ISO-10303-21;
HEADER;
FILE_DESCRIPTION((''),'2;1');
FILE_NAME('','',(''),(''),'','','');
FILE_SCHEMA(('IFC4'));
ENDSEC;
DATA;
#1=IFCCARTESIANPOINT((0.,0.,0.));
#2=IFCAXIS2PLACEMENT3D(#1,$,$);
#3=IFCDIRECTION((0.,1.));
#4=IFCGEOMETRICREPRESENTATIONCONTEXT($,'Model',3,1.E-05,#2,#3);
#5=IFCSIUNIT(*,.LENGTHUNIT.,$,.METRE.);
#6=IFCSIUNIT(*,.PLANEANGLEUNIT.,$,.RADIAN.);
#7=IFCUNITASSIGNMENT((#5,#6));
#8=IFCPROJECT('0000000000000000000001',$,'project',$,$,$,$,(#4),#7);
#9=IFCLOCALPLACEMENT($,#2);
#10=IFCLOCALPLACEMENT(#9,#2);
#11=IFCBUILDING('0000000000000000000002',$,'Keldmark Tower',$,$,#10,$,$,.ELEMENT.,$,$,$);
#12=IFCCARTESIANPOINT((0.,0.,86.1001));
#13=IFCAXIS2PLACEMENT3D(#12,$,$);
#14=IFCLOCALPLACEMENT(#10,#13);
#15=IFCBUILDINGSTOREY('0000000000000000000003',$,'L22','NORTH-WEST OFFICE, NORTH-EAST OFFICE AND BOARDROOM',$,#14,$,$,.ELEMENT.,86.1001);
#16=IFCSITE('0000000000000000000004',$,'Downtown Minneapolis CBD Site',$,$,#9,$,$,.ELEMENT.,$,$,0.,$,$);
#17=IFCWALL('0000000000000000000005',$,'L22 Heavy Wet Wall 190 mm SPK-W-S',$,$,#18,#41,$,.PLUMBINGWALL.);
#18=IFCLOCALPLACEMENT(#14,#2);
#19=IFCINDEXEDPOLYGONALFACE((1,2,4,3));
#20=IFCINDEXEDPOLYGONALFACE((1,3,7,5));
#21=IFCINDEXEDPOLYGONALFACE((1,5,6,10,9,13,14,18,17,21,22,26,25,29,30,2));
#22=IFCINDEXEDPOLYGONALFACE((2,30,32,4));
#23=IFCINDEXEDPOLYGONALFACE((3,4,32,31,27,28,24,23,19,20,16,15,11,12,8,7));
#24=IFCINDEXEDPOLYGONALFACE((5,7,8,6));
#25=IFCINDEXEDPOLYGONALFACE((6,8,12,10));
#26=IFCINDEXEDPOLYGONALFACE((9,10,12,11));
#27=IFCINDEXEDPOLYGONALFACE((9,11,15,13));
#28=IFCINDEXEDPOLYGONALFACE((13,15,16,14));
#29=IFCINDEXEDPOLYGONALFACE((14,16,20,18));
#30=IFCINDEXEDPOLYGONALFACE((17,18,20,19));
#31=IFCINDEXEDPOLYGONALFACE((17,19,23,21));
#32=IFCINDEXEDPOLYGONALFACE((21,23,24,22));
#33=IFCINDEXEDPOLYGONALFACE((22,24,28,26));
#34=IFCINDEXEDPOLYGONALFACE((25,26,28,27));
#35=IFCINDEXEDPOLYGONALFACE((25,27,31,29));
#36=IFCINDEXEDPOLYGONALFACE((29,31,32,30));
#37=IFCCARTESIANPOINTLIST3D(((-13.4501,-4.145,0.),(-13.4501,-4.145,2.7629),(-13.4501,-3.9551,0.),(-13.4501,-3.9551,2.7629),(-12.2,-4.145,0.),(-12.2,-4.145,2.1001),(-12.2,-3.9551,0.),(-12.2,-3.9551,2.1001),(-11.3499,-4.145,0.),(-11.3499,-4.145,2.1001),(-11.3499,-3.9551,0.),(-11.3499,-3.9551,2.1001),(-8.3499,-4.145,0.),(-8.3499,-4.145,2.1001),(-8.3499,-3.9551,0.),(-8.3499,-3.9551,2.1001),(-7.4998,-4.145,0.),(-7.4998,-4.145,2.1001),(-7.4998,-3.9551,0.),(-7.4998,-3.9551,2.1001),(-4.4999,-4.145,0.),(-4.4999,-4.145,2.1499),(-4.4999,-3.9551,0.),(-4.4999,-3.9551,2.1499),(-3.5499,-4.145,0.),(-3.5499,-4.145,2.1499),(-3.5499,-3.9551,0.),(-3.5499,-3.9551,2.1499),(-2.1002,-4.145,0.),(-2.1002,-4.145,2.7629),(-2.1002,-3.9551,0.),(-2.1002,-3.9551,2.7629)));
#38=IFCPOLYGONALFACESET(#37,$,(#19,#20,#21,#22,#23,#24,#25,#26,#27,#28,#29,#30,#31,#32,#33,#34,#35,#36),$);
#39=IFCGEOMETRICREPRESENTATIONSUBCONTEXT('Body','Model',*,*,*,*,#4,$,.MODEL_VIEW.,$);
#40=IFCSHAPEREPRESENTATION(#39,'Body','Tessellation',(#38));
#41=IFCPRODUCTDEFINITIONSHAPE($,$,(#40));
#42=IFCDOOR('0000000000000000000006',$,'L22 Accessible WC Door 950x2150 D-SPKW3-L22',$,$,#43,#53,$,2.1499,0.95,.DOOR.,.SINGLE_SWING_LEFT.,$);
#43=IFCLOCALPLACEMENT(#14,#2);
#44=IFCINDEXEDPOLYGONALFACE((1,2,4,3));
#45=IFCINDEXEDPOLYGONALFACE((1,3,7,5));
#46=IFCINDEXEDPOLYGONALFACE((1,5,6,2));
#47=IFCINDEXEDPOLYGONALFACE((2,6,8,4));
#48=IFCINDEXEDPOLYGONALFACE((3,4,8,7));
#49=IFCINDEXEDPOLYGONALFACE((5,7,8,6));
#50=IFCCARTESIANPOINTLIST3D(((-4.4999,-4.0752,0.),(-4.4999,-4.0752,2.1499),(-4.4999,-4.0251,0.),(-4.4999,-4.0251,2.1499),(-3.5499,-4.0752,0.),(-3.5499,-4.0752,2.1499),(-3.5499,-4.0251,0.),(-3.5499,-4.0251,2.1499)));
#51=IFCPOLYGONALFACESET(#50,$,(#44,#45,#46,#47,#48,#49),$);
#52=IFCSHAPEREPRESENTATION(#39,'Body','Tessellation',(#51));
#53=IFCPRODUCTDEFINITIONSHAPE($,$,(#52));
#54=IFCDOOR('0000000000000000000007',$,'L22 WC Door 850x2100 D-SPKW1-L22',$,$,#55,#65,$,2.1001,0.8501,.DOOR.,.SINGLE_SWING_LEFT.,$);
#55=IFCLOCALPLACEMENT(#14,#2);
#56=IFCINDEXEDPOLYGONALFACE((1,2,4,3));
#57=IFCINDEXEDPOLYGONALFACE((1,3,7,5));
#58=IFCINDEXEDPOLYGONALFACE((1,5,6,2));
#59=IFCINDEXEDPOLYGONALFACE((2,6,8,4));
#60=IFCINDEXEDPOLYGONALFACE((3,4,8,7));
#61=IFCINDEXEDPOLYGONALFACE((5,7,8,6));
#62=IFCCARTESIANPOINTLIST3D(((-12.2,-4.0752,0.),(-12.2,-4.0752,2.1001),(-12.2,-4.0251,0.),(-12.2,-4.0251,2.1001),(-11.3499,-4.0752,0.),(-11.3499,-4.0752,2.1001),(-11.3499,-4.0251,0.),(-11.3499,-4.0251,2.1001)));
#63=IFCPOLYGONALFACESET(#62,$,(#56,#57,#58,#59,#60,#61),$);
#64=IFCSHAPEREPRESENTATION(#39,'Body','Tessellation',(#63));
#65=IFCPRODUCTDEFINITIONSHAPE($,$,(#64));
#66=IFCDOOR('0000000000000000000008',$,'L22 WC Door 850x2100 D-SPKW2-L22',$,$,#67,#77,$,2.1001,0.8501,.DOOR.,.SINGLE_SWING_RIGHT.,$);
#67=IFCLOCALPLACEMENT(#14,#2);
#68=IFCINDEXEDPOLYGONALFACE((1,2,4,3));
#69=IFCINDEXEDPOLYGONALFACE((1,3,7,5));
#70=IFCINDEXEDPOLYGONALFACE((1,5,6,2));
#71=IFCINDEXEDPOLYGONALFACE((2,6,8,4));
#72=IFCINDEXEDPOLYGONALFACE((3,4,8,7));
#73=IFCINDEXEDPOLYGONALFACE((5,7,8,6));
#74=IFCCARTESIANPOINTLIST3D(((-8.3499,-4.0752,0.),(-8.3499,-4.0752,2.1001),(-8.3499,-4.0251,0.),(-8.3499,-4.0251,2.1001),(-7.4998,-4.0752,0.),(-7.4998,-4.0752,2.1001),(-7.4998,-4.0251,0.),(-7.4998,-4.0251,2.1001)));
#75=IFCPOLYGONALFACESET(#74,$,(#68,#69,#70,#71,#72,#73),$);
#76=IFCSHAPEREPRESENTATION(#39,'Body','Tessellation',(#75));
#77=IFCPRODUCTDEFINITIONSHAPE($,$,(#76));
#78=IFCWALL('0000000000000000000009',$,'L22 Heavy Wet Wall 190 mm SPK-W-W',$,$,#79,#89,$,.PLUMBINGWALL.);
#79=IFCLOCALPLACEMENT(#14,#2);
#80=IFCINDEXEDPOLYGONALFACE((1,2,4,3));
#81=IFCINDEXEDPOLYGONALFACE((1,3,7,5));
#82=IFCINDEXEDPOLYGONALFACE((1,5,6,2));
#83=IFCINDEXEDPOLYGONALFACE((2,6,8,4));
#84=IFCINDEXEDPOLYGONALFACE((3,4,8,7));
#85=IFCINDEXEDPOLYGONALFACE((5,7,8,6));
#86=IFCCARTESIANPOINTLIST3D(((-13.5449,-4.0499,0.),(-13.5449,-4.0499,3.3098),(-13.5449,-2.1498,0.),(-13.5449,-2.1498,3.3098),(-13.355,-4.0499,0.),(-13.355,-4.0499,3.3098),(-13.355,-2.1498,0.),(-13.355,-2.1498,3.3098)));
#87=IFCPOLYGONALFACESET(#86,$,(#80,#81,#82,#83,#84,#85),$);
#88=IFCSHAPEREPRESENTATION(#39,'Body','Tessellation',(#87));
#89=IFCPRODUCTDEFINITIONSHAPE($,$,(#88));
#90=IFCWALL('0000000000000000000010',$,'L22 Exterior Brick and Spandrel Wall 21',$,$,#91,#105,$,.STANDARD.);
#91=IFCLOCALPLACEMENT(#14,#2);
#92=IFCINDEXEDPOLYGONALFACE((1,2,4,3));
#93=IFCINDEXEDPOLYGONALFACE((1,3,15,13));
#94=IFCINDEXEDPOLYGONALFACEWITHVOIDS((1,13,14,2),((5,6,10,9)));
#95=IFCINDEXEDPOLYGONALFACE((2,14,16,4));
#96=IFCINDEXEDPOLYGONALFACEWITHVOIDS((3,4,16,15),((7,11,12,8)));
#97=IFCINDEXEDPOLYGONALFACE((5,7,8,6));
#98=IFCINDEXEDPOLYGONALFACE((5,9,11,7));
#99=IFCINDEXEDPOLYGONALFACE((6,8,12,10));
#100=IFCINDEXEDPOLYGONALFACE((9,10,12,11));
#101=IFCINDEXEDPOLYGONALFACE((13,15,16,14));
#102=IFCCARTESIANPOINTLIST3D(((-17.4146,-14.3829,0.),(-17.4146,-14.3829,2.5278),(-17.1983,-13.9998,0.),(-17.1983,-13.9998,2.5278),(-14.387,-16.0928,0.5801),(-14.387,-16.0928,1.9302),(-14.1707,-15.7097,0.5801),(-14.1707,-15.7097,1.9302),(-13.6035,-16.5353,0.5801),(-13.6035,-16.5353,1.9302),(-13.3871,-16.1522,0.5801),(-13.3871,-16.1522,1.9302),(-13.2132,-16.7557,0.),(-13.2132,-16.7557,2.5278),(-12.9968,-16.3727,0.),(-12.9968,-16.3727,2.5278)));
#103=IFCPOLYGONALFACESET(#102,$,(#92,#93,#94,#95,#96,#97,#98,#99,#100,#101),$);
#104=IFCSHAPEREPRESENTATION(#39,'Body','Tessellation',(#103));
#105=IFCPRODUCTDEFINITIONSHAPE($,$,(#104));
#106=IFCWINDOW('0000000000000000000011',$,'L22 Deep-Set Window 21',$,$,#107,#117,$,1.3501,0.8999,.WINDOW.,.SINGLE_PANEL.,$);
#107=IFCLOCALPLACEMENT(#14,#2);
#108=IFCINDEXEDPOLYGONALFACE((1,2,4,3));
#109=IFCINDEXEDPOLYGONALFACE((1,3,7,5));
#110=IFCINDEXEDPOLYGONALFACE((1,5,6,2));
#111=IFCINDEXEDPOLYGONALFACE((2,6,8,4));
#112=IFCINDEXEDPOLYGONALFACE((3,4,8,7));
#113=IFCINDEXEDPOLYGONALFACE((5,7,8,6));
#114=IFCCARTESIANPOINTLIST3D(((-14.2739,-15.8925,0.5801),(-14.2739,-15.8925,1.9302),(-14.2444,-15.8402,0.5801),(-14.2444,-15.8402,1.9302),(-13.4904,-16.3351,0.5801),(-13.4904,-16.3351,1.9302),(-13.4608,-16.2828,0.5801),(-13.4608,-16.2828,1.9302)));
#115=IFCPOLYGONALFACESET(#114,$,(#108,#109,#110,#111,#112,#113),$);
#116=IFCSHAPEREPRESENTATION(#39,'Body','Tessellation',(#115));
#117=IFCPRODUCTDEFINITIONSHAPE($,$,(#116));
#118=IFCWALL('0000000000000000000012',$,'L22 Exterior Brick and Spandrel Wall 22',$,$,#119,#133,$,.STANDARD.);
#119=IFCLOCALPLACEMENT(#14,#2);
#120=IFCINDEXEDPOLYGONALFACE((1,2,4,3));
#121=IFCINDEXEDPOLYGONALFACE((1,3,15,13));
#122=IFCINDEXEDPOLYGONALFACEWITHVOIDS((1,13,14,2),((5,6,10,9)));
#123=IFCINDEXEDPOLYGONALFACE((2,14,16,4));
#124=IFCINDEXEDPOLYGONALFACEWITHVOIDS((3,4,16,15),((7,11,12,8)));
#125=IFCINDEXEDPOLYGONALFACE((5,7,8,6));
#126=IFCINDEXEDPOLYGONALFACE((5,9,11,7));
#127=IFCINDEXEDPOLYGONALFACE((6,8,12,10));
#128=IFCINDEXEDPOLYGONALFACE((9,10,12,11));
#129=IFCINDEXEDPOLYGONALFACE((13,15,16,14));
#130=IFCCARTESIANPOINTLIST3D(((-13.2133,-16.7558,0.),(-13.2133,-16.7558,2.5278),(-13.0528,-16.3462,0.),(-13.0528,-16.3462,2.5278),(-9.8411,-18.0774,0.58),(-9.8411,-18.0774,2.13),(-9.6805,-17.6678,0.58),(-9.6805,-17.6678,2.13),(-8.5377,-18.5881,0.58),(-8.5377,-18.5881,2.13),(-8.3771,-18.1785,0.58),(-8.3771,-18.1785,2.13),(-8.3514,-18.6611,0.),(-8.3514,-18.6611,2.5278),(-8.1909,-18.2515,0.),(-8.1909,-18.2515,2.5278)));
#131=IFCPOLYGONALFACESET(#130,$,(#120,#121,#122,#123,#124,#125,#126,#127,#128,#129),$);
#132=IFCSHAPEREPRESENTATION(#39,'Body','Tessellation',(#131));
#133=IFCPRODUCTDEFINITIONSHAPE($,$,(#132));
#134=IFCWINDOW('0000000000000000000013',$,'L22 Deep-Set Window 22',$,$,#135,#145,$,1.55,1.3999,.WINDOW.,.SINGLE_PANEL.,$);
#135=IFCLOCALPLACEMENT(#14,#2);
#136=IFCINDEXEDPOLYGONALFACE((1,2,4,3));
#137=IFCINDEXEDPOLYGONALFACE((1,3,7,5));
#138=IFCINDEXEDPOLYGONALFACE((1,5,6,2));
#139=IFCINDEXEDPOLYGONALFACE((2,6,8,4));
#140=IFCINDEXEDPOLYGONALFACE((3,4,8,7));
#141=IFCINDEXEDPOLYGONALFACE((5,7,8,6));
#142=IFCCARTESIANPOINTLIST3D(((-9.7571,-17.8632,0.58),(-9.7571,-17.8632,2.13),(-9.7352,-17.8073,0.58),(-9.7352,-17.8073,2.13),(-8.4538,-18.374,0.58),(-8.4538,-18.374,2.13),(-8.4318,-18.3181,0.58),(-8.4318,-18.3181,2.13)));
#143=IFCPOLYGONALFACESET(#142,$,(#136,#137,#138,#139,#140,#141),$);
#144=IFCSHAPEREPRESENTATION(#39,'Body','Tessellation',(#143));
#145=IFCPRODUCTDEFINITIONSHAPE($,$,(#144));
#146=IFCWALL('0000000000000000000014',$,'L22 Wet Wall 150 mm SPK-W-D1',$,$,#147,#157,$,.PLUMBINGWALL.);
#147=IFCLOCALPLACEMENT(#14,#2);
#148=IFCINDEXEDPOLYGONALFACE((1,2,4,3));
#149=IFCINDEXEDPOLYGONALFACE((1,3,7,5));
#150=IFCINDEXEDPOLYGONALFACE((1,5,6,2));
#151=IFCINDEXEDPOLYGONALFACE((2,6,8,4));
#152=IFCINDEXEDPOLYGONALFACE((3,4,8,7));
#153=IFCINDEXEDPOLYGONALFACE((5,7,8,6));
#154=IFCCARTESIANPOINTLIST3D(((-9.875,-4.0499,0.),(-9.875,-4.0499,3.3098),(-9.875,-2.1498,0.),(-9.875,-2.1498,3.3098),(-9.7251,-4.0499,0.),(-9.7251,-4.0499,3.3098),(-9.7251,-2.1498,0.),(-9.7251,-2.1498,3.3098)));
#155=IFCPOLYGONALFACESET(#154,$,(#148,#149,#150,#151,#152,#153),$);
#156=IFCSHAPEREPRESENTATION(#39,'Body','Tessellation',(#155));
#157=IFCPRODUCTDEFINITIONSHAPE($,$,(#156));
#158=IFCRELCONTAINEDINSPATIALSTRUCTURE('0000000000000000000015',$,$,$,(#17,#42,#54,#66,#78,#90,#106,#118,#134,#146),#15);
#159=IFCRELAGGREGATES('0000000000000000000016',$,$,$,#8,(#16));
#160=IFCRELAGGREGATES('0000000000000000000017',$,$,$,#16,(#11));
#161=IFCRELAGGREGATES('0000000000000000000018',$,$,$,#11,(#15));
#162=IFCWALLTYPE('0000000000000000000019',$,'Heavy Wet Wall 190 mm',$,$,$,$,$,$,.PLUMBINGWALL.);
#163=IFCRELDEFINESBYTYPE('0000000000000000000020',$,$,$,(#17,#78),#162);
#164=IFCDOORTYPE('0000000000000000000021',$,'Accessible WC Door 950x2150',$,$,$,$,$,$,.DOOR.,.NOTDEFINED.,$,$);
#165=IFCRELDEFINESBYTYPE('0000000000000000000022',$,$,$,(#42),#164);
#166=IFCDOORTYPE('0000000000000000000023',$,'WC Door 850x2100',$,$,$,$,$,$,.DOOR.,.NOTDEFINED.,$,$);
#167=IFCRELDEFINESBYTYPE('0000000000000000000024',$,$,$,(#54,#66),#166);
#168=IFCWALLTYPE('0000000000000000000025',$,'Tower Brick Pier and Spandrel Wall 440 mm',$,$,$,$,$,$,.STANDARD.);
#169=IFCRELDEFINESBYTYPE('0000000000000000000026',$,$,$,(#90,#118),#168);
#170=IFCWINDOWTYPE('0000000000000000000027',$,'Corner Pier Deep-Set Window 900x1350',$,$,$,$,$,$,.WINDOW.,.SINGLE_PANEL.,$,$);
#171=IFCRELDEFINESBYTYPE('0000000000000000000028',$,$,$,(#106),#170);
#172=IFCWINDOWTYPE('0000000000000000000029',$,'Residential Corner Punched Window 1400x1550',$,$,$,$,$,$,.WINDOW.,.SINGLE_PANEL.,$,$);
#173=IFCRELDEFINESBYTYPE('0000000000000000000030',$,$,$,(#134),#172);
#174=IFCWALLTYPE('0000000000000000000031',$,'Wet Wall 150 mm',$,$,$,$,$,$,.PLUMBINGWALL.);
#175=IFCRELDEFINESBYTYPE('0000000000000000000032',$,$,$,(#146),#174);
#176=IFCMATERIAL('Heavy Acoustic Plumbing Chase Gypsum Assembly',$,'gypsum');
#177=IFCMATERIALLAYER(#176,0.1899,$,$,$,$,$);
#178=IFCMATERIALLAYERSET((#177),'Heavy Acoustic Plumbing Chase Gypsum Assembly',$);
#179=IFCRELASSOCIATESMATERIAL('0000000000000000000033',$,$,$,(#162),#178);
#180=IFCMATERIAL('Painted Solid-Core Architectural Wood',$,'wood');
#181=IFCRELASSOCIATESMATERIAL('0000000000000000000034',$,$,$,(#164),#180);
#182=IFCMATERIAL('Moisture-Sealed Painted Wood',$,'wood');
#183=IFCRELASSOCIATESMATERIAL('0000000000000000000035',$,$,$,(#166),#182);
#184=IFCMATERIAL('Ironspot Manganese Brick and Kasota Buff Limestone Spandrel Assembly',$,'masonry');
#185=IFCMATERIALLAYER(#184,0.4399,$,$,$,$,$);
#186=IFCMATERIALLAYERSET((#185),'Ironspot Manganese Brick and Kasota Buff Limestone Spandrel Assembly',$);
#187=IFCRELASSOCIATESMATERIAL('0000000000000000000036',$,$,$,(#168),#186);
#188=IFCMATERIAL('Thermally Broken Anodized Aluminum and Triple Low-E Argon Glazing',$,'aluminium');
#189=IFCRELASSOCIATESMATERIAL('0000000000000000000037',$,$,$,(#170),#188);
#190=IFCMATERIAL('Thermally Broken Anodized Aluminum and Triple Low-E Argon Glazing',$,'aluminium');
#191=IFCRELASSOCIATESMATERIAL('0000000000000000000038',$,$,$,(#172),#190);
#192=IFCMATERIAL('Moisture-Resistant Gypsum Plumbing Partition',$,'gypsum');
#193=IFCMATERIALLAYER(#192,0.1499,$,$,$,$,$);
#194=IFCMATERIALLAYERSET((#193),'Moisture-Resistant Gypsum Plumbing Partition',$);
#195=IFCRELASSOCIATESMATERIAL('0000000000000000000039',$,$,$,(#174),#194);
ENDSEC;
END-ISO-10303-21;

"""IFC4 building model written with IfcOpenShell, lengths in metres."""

from ifc_helpers import new_model, si_unit, direction, frame, frame_2d, origin, place, context, subcontext, project, spatial, rectangle, extrude, material, layer, layer_set, type_object, element, fill, save


model = new_model("IFC4")

# Units and contexts
model_context = context("Model", 3, precision=1e-05, world=origin(), true_north=direction((0.0, 1.0)))
body_context = subcontext(model_context, "Body", "Model", "MODEL_VIEW")
ifc_project = project(units=[si_unit("LENGTHUNIT", "METRE"), si_unit("PLANEANGLEUNIT", "RADIAN")], contexts=[model_context])

# Site, building, storey
site_placement = place(None, origin())
site = spatial("IfcSite", under=ifc_project, at=site_placement, Name="Downtown Minneapolis CBD Site", CompositionType="ELEMENT", RefElevation=0.0)
building_placement = place(site_placement, origin())
building = spatial("IfcBuilding", under=site, at=building_placement, Name="Keldmark Tower", CompositionType="ELEMENT")
storey_placement = place(building_placement, frame((0.0, 0.0, 86.1001)))
storey = spatial("IfcBuildingStorey", under=building, at=storey_placement, Name="L22", Description="NORTH-WEST OFFICE, NORTH-EAST OFFICE AND BOARDROOM", CompositionType="ELEMENT", Elevation=86.1001)

# Wall, openings, doors
ifc_material_1 = material(Name="Heavy Acoustic Plumbing Chase Gypsum Assembly", Category="gypsum")
ifc_layer_1 = layer(ifc_material_1, 0.1899)
ifc_layer_set_1 = layer_set([ifc_layer_1], Name="Heavy Acoustic Plumbing Chase Gypsum Assembly")
wall_type_1 = type_object("IfcWallType", Name="Heavy Wet Wall 190 mm", PredefinedType="PLUMBINGWALL", material=ifc_layer_set_1)
wall_1_placement = place(storey_placement, frame((-13.45, -4.05, 0.0), z_axis=(0.0, 0.0, 1.0), x_axis=(1.0, 0.0, 0.0)))
wall_1 = element("IfcWall", 1, at=wall_1_placement, inside=storey, type_object=wall_type_1, Name="L22 Heavy Wet Wall 190 mm SPK-W-S", PredefinedType="PLUMBINGWALL", context=body_context, shape_type="SweptSolid", body=[
    extrude(rectangle(XDim=11.3499, YDim=0.1899, at=frame_2d((5.6748, 0.0))), origin(), (0.0, 0.0, 1.0), 2.7629),
])
opening_1_placement = place(wall_1_placement, frame((1.25, 0.0, 0.0)))
opening_1 = element("IfcOpeningElement", 2, at=opening_1_placement, cuts=wall_1, PredefinedType="OPENING", context=body_context, shape_type="SweptSolid", body=[
    extrude(rectangle(XDim=0.8501, YDim=2.1001, at=frame_2d((0.425, 1.05))), frame((0.0, 0.105, 0.0), z_axis=(0.0, -1.0, 0.0), x_axis=(1.0, 0.0, 0.0)), (0.0, 0.0, 1.0), 0.21),
])
opening_2_placement = place(wall_1_placement, frame((5.1001, 0.0, 0.0)))
opening_2 = element("IfcOpeningElement", 3, at=opening_2_placement, cuts=wall_1, PredefinedType="OPENING", context=body_context, shape_type="SweptSolid", body=[
    extrude(rectangle(XDim=0.8501, YDim=2.1001, at=frame_2d((0.425, 1.05))), frame((0.0, 0.105, 0.0), z_axis=(0.0, -1.0, 0.0), x_axis=(1.0, 0.0, 0.0)), (0.0, 0.0, 1.0), 0.21),
])
opening_3_placement = place(wall_1_placement, frame((8.95, 0.0, 0.0)))
opening_3 = element("IfcOpeningElement", 4, at=opening_3_placement, cuts=wall_1, PredefinedType="OPENING", context=body_context, shape_type="SweptSolid", body=[
    extrude(rectangle(XDim=0.95, YDim=2.1499, at=frame_2d((0.4751, 1.075))), frame((0.0, 0.105, 0.0), z_axis=(0.0, -1.0, 0.0), x_axis=(1.0, 0.0, 0.0)), (0.0, 0.0, 1.0), 0.21),
])
ifc_material_2 = material(Name="Painted Solid-Core Architectural Wood", Category="wood")
door_type_1 = type_object("IfcDoorType", Name="Accessible WC Door 950x2150", OperationType="NOTDEFINED", PredefinedType="DOOR", material=ifc_material_2)
door_1_placement = place(opening_3_placement, origin())
door_1 = element("IfcDoor", 5, at=door_1_placement, inside=storey, type_object=door_type_1, Name="L22 Accessible WC Door 950x2150 D-SPKW3-L22", OperationType="SINGLE_SWING_LEFT", OverallHeight=2.1499, OverallWidth=0.95, PredefinedType="DOOR", context=body_context, shape_type="SweptSolid", body=[
    extrude(rectangle(XDim=0.95, YDim=2.1499, at=frame_2d((0.4751, 1.075))), frame((0.0, 0.0249, 0.0), z_axis=(0.0, -1.0, 0.0), x_axis=(1.0, 0.0, 0.0)), (0.0, 0.0, 1.0), 0.05),
])
fill(opening_3, door_1)
ifc_material_3 = material(Name="Moisture-Sealed Painted Wood", Category="wood")
door_type_2 = type_object("IfcDoorType", Name="WC Door 850x2100", OperationType="NOTDEFINED", PredefinedType="DOOR", material=ifc_material_3)
door_2_placement = place(opening_1_placement, origin())
door_2 = element("IfcDoor", 6, at=door_2_placement, inside=storey, type_object=door_type_2, Name="L22 WC Door 850x2100 D-SPKW1-L22", OperationType="SINGLE_SWING_LEFT", OverallHeight=2.1001, OverallWidth=0.8501, PredefinedType="DOOR", context=body_context, shape_type="SweptSolid", body=[
    extrude(rectangle(XDim=0.8501, YDim=2.1001, at=frame_2d((0.425, 1.05))), frame((0.0, 0.0249, 0.0), z_axis=(0.0, -1.0, 0.0), x_axis=(1.0, 0.0, 0.0)), (0.0, 0.0, 1.0), 0.05),
])
fill(opening_1, door_2)
door_3_placement = place(opening_2_placement, origin())
door_3 = element("IfcDoor", 7, at=door_3_placement, inside=storey, type_object=door_type_2, Name="L22 WC Door 850x2100 D-SPKW2-L22", OperationType="SINGLE_SWING_RIGHT", OverallHeight=2.1001, OverallWidth=0.8501, PredefinedType="DOOR", context=body_context, shape_type="SweptSolid", body=[
    extrude(rectangle(XDim=0.8501, YDim=2.1001, at=frame_2d((0.425, 1.05))), frame((0.0, 0.0249, 0.0), z_axis=(0.0, -1.0, 0.0), x_axis=(1.0, 0.0, 0.0)), (0.0, 0.0, 1.0), 0.05),
])
fill(opening_2, door_3)

# Wall
wall_2_placement = place(storey_placement, frame((-13.45, -4.05, 0.0), z_axis=(0.0, 0.0, 1.0), x_axis=(0.0, 1.0, 0.0)))
element("IfcWall", 8, at=wall_2_placement, inside=storey, type_object=wall_type_1, Name="L22 Heavy Wet Wall 190 mm SPK-W-W", PredefinedType="PLUMBINGWALL", context=body_context, shape_type="SweptSolid", body=[
    extrude(rectangle(XDim=1.9001, YDim=0.1899, at=frame_2d((0.9502, 0.0))), origin(), (0.0, 0.0, 1.0), 3.3098),
])

# Walls, openings, windows
ifc_material_4 = material(Name="Ironspot Manganese Brick and Kasota Buff Limestone Spandrel Assembly", Category="masonry")
ifc_layer_2 = layer(ifc_material_4, 0.4399)
ifc_layer_set_2 = layer_set([ifc_layer_2], Name="Ironspot Manganese Brick and Kasota Buff Limestone Spandrel Assembly")
wall_type_2 = type_object("IfcWallType", Name="Tower Brick Pier and Spandrel Wall 440 mm", PredefinedType="STANDARD", material=ifc_layer_set_2)
wall_3_placement = place(storey_placement, frame((-13.105, -16.5642, 0.0), z_axis=(0.0, 0.0, 1.0), x_axis=(-0.870732, 0.491757, 0.0)))
wall_3 = element("IfcWall", 9, at=wall_3_placement, inside=storey, type_object=wall_type_2, Name="L22 Exterior Brick and Spandrel Wall 21", PredefinedType="STANDARD", context=body_context, shape_type="SweptSolid", body=[
    extrude(rectangle(XDim=4.8252, YDim=0.4399, at=frame_2d((2.4126, 0.0))), origin(), (0.0, 0.0, 1.0), 2.5278),
])
opening_4_placement = place(wall_3_placement, frame((0.4482, 0.0, 0.5801)))
opening_4 = element("IfcOpeningElement", 10, at=opening_4_placement, cuts=wall_3, PredefinedType="OPENING", context=body_context, shape_type="SweptSolid", body=[
    extrude(rectangle(XDim=0.8999, YDim=1.3501, at=frame_2d((0.45, 0.675))), frame((0.0, 0.23, 0.0), z_axis=(0.0, -1.0, 0.0), x_axis=(1.0, 0.0, 0.0)), (0.0, 0.0, 1.0), 0.46),
])
ifc_material_5 = material(Name="Thermally Broken Anodized Aluminum and Triple Low-E Argon Glazing", Category="aluminium")
window_type_1 = type_object("IfcWindowType", Name="Corner Pier Deep-Set Window 900x1350", PartitioningType="SINGLE_PANEL", PredefinedType="WINDOW", material=ifc_material_5)
window_1_placement = place(opening_4_placement, origin())
window_1 = element("IfcWindow", 11, at=window_1_placement, inside=storey, type_object=window_type_1, Name="L22 Deep-Set Window 21", OverallHeight=1.3501, OverallWidth=0.8999, PartitioningType="SINGLE_PANEL", PredefinedType="WINDOW", context=body_context, shape_type="SweptSolid", body=[
    extrude(rectangle(XDim=0.8999, YDim=1.3501, at=frame_2d((0.45, 0.675))), frame((0.0, -0.01, 0.0), z_axis=(0.0, -1.0, 0.0), x_axis=(1.0, 0.0, 0.0)), (0.0, 0.0, 1.0), 0.0601),
])
fill(opening_4, window_1)
wall_4_placement = place(storey_placement, frame((-8.2712, -18.4563, 0.0), z_axis=(0.0, 0.0, 1.0), x_axis=(-0.931059, 0.364868, 0.0)))
wall_4 = element("IfcWall", 12, at=wall_4_placement, inside=storey, type_object=wall_type_2, Name="L22 Exterior Brick and Spandrel Wall 22", PredefinedType="STANDARD", context=body_context, shape_type="SweptSolid", body=[
    extrude(rectangle(XDim=5.2219, YDim=0.4399, at=frame_2d((2.6108, 0.0))), origin(), (0.0, 0.0, 1.0), 2.5278),
])
opening_5_placement = place(wall_4_placement, frame((0.2, 0.0, 0.5801)))
opening_5 = element("IfcOpeningElement", 13, at=opening_5_placement, cuts=wall_4, PredefinedType="OPENING", context=body_context, shape_type="SweptSolid", body=[
    extrude(rectangle(XDim=1.3999, YDim=1.55, at=frame_2d((0.7, 0.7749))), frame((0.0, 0.23, 0.0), z_axis=(0.0, -1.0, 0.0), x_axis=(1.0, 0.0, 0.0)), (0.0, 0.0, 1.0), 0.46),
])
ifc_material_6 = material(Name="Thermally Broken Anodized Aluminum and Triple Low-E Argon Glazing", Category="aluminium")
window_type_2 = type_object("IfcWindowType", Name="Residential Corner Punched Window 1400x1550", PartitioningType="SINGLE_PANEL", PredefinedType="WINDOW", material=ifc_material_6)
window_2_placement = place(opening_5_placement, origin())
window_2 = element("IfcWindow", 14, at=window_2_placement, inside=storey, type_object=window_type_2, Name="L22 Deep-Set Window 22", OverallHeight=1.55, OverallWidth=1.3999, PartitioningType="SINGLE_PANEL", PredefinedType="WINDOW", context=body_context, shape_type="SweptSolid", body=[
    extrude(rectangle(XDim=1.3999, YDim=1.55, at=frame_2d((0.7, 0.7749))), frame((0.0, -0.01, 0.0), z_axis=(0.0, -1.0, 0.0), x_axis=(1.0, 0.0, 0.0)), (0.0, 0.0, 1.0), 0.0601),
])
fill(opening_5, window_2)

# Wall
ifc_material_7 = material(Name="Moisture-Resistant Gypsum Plumbing Partition", Category="gypsum")
ifc_layer_3 = layer(ifc_material_7, 0.1499)
ifc_layer_set_3 = layer_set([ifc_layer_3], Name="Moisture-Resistant Gypsum Plumbing Partition")
wall_type_3 = type_object("IfcWallType", Name="Wet Wall 150 mm", PredefinedType="PLUMBINGWALL", material=ifc_layer_set_3)
wall_5_placement = place(storey_placement, frame((-9.8, -4.05, 0.0), z_axis=(0.0, 0.0, 1.0), x_axis=(0.0, 1.0, 0.0)))
element("IfcWall", 15, at=wall_5_placement, inside=storey, type_object=wall_type_3, Name="L22 Wet Wall 150 mm SPK-W-D1", PredefinedType="PLUMBINGWALL", context=body_context, shape_type="SweptSolid", body=[
    extrude(rectangle(XDim=1.9001, YDim=0.1499, at=frame_2d((0.9502, 0.0))), origin(), (0.0, 0.0, 1.0), 3.3098),
])

save(model, "model.ifc")
